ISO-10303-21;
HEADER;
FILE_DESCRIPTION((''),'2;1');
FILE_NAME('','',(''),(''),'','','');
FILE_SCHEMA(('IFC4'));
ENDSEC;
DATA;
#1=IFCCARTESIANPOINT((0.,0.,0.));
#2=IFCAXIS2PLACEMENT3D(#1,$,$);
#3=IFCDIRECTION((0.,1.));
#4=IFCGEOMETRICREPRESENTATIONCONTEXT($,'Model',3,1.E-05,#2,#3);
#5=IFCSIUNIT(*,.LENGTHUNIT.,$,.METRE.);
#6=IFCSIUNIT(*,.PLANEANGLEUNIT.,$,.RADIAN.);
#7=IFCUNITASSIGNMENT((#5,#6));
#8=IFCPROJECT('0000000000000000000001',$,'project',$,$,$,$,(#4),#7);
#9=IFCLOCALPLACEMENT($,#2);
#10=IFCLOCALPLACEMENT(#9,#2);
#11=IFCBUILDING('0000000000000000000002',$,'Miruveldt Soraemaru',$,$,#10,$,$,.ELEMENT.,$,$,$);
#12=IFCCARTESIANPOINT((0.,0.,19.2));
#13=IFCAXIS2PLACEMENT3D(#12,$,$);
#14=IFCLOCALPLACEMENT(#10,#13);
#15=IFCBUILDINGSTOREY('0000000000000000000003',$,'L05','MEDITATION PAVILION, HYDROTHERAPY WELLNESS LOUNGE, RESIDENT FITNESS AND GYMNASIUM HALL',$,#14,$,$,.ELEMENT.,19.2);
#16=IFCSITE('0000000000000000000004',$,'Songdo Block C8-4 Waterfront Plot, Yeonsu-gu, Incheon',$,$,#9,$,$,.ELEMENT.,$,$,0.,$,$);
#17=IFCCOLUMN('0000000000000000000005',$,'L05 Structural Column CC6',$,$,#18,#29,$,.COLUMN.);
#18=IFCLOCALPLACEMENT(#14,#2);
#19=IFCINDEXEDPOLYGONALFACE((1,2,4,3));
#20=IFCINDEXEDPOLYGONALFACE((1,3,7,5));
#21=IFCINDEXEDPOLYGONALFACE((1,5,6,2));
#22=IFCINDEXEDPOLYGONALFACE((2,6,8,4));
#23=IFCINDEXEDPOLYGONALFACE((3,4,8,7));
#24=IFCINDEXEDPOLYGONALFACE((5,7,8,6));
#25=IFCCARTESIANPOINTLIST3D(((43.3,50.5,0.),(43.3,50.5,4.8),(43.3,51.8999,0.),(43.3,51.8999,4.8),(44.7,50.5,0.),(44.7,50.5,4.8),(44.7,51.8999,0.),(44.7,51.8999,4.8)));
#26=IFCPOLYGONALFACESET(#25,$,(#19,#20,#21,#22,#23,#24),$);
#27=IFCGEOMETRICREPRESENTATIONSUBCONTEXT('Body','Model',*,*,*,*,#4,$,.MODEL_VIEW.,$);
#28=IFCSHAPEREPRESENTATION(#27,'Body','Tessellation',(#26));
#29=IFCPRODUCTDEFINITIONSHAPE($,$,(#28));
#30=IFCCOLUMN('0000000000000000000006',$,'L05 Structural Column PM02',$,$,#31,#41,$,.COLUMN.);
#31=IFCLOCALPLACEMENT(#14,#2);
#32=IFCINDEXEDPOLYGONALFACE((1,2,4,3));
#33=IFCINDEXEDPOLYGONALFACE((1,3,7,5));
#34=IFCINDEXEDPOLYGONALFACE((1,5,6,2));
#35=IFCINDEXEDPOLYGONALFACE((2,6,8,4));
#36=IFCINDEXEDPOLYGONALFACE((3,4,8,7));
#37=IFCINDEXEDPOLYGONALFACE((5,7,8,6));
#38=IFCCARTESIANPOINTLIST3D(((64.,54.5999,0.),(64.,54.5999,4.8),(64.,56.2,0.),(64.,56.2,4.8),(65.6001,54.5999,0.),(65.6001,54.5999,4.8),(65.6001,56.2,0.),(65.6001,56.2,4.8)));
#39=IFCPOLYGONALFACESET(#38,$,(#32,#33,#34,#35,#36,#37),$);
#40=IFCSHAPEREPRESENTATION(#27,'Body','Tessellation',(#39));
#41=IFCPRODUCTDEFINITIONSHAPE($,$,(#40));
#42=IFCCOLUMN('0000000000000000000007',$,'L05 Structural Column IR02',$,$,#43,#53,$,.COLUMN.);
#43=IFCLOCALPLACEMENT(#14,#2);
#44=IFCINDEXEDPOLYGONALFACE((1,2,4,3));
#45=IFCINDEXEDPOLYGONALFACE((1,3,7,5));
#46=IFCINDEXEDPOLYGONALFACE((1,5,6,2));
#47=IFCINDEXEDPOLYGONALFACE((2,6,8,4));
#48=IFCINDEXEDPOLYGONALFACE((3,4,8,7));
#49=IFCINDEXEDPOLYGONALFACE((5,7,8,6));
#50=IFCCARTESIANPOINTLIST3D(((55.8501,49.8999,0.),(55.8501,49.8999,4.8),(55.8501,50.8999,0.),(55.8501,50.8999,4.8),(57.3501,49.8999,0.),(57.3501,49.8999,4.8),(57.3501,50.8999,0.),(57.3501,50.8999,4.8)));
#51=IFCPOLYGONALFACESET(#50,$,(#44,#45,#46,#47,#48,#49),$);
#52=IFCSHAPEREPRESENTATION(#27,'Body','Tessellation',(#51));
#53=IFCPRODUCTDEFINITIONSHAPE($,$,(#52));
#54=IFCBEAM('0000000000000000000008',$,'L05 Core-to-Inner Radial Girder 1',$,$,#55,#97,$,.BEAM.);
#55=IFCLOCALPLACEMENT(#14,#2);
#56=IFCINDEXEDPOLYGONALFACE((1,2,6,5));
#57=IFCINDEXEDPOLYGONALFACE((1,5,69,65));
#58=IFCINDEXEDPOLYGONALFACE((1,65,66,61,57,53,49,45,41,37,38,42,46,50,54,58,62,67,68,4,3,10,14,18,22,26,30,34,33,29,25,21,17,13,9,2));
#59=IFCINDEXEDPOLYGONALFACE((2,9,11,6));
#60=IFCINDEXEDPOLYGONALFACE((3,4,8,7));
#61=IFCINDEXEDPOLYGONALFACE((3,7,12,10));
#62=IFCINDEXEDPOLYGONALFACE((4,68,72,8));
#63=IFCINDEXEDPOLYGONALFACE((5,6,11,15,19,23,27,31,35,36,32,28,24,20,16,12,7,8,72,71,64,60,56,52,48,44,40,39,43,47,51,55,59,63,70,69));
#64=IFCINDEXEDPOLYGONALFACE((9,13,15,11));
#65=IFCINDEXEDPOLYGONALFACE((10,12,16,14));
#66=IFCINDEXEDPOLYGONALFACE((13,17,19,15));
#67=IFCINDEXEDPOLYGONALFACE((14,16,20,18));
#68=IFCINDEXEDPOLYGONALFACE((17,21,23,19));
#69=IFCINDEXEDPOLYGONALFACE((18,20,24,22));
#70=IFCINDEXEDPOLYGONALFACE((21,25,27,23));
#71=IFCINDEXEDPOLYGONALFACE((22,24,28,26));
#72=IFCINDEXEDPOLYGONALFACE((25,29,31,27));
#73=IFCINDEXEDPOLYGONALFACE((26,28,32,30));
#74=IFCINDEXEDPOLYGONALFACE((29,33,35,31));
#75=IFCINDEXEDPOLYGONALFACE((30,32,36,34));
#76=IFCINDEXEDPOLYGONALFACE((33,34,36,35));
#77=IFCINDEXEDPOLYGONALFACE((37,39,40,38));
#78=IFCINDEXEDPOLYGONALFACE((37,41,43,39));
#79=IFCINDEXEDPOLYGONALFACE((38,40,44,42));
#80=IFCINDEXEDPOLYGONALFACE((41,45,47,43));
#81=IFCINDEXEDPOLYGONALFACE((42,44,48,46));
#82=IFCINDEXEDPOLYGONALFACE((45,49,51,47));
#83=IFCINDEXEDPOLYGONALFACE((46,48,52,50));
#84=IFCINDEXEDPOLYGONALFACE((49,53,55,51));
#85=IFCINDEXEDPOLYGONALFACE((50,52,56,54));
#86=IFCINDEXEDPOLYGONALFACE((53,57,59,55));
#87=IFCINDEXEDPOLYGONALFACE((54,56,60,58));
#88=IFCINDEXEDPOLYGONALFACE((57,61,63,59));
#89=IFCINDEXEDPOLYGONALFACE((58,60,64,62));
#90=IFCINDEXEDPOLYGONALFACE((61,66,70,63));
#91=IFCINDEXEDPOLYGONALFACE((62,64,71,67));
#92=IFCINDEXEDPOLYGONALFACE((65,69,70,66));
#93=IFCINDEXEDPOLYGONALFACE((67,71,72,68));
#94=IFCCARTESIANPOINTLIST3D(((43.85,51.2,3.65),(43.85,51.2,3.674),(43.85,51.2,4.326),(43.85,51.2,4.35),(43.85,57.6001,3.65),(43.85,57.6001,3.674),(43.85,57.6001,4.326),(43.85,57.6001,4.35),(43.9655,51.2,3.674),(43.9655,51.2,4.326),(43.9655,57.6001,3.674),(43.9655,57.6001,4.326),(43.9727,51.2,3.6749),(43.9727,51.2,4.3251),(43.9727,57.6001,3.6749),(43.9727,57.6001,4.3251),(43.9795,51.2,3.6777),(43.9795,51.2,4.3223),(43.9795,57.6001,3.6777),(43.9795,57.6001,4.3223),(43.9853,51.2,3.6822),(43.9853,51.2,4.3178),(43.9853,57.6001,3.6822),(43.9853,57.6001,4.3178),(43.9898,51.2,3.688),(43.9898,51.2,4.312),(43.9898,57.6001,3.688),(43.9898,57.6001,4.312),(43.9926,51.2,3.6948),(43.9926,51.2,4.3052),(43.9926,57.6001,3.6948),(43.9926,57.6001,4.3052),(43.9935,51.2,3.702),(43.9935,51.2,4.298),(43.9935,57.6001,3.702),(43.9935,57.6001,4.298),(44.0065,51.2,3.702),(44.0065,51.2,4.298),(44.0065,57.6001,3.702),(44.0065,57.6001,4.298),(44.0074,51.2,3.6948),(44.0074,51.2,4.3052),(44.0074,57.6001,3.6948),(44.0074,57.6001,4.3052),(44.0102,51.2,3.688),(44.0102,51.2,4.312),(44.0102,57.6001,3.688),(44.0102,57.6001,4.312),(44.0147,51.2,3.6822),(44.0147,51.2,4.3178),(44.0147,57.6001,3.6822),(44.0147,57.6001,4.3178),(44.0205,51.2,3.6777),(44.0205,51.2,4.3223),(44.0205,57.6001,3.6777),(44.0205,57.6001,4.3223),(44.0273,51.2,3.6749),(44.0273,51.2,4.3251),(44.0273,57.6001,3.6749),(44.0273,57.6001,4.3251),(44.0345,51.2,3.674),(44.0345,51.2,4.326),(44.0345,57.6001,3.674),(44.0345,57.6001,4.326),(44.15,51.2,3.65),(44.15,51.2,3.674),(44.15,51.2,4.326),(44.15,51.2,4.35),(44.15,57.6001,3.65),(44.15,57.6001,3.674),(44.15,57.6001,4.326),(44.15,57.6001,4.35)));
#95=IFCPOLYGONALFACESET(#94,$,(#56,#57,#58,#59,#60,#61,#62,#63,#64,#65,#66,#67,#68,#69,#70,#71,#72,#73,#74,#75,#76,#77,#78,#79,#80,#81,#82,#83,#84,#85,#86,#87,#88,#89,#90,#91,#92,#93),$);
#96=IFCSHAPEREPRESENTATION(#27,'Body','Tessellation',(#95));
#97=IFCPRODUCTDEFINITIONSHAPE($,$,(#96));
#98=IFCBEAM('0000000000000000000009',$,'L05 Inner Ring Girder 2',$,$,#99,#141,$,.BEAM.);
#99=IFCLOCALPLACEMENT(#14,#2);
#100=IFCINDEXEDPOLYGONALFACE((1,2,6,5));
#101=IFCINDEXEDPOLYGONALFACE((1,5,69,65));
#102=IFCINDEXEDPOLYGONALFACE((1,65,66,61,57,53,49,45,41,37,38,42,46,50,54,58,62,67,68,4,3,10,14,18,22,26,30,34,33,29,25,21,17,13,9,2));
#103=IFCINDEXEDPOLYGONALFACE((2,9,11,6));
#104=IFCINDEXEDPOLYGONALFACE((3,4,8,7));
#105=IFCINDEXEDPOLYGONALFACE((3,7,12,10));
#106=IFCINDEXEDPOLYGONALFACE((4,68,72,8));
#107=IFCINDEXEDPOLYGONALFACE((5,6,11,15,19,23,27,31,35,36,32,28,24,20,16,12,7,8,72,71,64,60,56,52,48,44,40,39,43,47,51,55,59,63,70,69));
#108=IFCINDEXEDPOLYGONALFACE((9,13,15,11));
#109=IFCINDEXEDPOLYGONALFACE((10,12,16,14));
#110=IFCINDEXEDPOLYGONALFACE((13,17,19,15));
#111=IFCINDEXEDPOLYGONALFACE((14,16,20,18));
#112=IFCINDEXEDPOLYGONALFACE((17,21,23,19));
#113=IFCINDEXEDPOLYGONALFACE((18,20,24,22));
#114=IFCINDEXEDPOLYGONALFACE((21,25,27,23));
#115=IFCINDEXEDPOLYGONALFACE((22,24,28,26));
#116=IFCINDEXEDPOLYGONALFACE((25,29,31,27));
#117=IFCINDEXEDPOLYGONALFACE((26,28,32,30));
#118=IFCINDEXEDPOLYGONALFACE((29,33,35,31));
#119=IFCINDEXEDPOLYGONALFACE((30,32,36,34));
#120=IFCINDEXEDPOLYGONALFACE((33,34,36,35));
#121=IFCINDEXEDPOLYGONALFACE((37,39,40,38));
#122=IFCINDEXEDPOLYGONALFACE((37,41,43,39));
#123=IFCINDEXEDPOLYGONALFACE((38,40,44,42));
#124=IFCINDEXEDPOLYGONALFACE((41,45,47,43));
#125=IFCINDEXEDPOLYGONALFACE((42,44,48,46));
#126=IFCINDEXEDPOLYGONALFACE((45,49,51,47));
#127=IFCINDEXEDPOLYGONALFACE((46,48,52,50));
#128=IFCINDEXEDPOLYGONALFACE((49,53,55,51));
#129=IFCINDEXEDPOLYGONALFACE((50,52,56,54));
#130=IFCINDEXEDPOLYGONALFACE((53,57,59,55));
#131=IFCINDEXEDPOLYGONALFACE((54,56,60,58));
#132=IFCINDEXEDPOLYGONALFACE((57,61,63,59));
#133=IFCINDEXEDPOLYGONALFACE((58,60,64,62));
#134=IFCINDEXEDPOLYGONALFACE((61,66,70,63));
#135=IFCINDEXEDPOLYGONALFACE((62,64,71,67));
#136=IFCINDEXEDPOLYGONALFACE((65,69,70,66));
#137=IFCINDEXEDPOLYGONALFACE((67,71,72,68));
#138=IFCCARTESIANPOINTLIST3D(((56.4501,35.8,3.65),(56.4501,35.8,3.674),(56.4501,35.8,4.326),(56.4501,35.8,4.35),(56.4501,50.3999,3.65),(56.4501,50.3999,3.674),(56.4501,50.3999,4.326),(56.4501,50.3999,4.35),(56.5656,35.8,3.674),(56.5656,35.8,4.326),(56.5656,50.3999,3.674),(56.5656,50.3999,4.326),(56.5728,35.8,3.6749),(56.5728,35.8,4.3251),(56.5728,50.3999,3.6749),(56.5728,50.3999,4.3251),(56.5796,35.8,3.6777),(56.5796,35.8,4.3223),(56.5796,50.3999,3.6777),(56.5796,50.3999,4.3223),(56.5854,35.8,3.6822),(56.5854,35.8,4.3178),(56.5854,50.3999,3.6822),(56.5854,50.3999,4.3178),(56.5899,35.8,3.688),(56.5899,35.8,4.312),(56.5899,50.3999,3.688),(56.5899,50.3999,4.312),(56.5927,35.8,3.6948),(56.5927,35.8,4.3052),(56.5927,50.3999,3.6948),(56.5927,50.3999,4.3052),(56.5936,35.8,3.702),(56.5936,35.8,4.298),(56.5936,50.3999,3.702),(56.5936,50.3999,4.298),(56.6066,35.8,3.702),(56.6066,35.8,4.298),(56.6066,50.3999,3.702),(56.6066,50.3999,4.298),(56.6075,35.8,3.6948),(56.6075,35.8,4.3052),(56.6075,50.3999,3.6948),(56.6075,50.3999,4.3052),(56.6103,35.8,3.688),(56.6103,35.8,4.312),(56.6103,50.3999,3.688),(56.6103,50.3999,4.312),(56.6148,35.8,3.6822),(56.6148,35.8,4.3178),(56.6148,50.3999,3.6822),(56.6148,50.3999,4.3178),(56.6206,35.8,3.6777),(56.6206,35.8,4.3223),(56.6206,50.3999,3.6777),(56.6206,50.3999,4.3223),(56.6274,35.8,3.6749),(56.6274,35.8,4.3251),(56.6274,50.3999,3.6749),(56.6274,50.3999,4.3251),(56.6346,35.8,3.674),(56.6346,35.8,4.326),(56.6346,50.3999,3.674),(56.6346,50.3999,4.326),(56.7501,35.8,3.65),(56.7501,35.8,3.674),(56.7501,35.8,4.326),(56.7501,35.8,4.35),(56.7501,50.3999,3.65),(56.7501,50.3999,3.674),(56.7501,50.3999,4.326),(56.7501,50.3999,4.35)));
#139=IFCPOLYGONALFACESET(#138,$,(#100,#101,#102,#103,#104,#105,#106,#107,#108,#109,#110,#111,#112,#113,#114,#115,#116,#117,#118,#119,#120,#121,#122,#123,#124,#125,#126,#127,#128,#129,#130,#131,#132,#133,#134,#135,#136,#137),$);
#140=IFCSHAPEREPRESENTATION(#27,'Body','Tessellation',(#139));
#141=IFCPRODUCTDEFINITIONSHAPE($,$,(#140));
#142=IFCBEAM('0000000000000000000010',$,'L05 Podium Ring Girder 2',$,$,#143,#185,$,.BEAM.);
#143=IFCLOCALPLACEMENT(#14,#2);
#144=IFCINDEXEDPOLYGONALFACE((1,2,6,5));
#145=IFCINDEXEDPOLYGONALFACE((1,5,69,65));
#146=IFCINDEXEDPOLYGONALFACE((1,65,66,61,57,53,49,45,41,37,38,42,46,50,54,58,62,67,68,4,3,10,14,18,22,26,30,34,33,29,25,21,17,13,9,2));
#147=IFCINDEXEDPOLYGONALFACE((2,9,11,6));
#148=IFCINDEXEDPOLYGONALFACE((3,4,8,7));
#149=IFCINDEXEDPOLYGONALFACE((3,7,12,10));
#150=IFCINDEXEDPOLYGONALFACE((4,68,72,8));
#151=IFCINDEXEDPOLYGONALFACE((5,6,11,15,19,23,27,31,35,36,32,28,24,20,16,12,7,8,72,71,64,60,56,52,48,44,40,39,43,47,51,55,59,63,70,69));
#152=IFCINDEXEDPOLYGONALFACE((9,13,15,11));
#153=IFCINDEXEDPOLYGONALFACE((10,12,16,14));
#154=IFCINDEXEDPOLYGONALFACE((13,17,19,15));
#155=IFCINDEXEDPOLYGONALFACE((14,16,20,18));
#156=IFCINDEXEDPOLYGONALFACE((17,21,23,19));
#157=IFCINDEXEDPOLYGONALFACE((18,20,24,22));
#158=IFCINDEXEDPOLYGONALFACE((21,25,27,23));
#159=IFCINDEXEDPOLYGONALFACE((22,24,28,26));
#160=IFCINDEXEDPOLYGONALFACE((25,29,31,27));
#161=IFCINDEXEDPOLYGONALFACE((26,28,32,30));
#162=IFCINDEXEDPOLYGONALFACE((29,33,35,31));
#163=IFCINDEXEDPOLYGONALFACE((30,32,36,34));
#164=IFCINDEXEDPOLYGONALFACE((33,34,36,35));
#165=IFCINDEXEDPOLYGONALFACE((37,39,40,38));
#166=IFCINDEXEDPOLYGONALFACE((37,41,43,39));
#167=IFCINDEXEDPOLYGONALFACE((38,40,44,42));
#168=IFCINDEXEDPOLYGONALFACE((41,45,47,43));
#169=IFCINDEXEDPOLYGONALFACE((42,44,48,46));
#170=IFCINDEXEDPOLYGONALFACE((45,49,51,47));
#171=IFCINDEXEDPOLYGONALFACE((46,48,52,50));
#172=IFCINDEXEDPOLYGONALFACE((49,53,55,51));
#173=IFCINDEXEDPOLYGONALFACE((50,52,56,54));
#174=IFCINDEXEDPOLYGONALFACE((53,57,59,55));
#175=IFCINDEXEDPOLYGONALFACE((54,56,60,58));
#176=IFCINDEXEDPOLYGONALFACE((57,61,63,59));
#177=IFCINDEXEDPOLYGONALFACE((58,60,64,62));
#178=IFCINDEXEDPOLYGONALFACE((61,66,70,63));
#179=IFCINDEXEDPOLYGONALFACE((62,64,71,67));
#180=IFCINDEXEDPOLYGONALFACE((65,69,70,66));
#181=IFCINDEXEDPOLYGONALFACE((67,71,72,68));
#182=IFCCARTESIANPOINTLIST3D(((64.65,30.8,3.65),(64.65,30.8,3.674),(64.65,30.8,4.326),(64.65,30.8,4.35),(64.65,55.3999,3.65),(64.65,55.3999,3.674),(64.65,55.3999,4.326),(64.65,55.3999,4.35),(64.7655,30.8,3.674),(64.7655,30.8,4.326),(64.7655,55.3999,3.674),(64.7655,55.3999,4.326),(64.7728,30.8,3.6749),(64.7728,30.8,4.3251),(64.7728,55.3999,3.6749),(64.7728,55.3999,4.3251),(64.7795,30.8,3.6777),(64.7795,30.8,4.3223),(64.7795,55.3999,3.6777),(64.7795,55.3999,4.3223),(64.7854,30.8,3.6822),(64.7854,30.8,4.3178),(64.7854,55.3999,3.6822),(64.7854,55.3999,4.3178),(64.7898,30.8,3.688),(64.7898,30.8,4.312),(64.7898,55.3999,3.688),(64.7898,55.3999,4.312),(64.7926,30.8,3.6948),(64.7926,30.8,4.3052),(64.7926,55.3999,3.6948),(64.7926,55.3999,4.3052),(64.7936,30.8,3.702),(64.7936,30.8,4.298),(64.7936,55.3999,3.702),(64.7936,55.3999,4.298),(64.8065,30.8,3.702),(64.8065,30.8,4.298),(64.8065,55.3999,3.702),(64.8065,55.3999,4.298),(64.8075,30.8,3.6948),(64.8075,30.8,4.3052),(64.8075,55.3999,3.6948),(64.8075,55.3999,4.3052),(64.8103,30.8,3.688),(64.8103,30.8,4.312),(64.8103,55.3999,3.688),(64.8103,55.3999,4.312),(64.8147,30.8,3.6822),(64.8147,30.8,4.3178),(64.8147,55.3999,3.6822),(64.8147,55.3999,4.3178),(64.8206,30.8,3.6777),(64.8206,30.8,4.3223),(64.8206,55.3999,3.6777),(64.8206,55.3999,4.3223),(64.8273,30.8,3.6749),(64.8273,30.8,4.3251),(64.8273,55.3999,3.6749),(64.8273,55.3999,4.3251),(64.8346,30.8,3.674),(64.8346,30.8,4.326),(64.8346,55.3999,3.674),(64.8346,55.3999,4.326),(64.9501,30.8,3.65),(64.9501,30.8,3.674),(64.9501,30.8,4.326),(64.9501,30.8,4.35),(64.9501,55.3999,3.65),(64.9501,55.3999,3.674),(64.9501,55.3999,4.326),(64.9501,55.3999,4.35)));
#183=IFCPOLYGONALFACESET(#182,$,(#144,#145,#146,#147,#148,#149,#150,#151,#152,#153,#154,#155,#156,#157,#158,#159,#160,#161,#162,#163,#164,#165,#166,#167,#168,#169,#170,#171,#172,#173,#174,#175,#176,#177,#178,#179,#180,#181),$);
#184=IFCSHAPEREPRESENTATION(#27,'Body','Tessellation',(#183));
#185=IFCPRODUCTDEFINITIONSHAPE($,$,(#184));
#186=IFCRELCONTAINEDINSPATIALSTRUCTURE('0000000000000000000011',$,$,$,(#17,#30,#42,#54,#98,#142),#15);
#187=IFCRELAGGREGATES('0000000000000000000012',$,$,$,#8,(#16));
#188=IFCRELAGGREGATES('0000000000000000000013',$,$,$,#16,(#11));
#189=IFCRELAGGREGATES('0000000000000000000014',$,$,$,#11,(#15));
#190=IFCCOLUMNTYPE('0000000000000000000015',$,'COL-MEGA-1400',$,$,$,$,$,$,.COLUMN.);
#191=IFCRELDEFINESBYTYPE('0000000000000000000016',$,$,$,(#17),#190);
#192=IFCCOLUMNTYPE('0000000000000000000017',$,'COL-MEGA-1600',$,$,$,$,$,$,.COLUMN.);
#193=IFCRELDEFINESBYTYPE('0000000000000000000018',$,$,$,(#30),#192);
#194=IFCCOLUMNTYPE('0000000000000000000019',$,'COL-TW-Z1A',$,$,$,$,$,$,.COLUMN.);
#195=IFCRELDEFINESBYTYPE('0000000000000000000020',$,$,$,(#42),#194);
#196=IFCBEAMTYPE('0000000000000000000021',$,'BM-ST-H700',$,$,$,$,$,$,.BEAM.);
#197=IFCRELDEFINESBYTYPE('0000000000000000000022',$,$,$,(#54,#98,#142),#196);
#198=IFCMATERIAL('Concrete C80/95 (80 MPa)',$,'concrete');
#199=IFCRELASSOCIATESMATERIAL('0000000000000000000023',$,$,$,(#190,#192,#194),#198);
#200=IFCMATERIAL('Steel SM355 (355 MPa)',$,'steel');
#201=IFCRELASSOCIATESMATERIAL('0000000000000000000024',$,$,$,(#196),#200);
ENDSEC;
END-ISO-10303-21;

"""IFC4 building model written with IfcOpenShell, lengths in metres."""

from ifc_helpers import new_model, si_unit, direction, frame, origin, origin_2d, place, context, subcontext, project, spatial, rectangle, i_section, extrude, material, material_profile, profile_set, type_object, element, save


model = new_model("IFC4")

# Units and contexts
model_context = context("Model", 3, precision=1e-05, world=origin(), true_north=direction((0.0, 1.0)))
body_context = subcontext(model_context, "Body", "Model", "MODEL_VIEW")
ifc_project = project(units=[si_unit("LENGTHUNIT", "METRE"), si_unit("PLANEANGLEUNIT", "RADIAN")], contexts=[model_context])

# Site, building, storey
site_placement = place(None, origin())
site = spatial("IfcSite", under=ifc_project, at=site_placement, Name="Songdo Block C8-4 Waterfront Plot, Yeonsu-gu, Incheon", CompositionType="ELEMENT", RefElevation=0.0)
building_placement = place(site_placement, origin())
building = spatial("IfcBuilding", under=site, at=building_placement, Name="Miruveldt Soraemaru", CompositionType="ELEMENT")
storey_placement = place(building_placement, frame((0.0, 0.0, 19.2)))
storey = spatial("IfcBuildingStorey", under=building, at=storey_placement, Name="L05", Description="MEDITATION PAVILION, HYDROTHERAPY WELLNESS LOUNGE, RESIDENT FITNESS AND GYMNASIUM HALL", CompositionType="ELEMENT", Elevation=19.2)

# Columns
ifc_material_1 = material(Name="Concrete C80/95 (80 MPa)", Category="concrete")
ifc_material_profile_1 = material_profile(ifc_material_1, rectangle(XDim=1.3999, YDim=1.3999, at=origin_2d()), Name="Concrete C80/95 (80 MPa)", Category="concrete")
ifc_profile_set_1 = profile_set([ifc_material_profile_1], Name="Concrete C80/95 (80 MPa)")
column_type_1 = type_object("IfcColumnType", Name="COL-MEGA-1400", PredefinedType="COLUMN", material=ifc_profile_set_1)
column_1_placement = place(storey_placement, frame((44.0, 51.2, 0.0), z_axis=(0.0, 0.0, 1.0), x_axis=(1.0, 0.0, 0.0)))
element("IfcColumn", 1, at=column_1_placement, inside=storey, type_object=column_type_1, Name="L05 Structural Column CC6", PredefinedType="COLUMN", context=body_context, shape_type="SweptSolid", body=[
    extrude(rectangle(XDim=1.3999, YDim=1.3999, at=origin_2d()), origin(), (0.0, 0.0, 1.0), 4.8),
])
ifc_material_profile_2 = material_profile(ifc_material_1, rectangle(XDim=1.6001, YDim=1.6001, at=origin_2d()), Name="Concrete C80/95 (80 MPa)", Category="concrete")
ifc_profile_set_2 = profile_set([ifc_material_profile_2], Name="Concrete C80/95 (80 MPa)")
column_type_2 = type_object("IfcColumnType", Name="COL-MEGA-1600", PredefinedType="COLUMN", material=ifc_profile_set_2)
column_2_placement = place(storey_placement, frame((64.8, 55.3999, 0.0), z_axis=(0.0, 0.0, 1.0), x_axis=(1.0, 0.0, 0.0)))
element("IfcColumn", 2, at=column_2_placement, inside=storey, type_object=column_type_2, Name="L05 Structural Column PM02", PredefinedType="COLUMN", context=body_context, shape_type="SweptSolid", body=[
    extrude(rectangle(XDim=1.6001, YDim=1.6001, at=origin_2d()), origin(), (0.0, 0.0, 1.0), 4.8),
])
ifc_material_profile_3 = material_profile(ifc_material_1, rectangle(XDim=1.5, YDim=1.0, at=origin_2d()), Name="Concrete C80/95 (80 MPa)", Category="concrete")
ifc_profile_set_3 = profile_set([ifc_material_profile_3], Name="Concrete C80/95 (80 MPa)")
column_type_3 = type_object("IfcColumnType", Name="COL-TW-Z1A", PredefinedType="COLUMN", material=ifc_profile_set_3)
column_3_placement = place(storey_placement, frame((56.6001, 50.3999, 0.0), z_axis=(0.0, 0.0, 1.0), x_axis=(1.0, 0.0, 0.0)))
element("IfcColumn", 3, at=column_3_placement, inside=storey, type_object=column_type_3, Name="L05 Structural Column IR02", PredefinedType="COLUMN", context=body_context, shape_type="SweptSolid", body=[
    extrude(rectangle(XDim=1.5, YDim=1.0, at=origin_2d()), origin(), (0.0, 0.0, 1.0), 4.8),
])

# Beams
ifc_material_2 = material(Name="Steel SM355 (355 MPa)", Category="steel")
ifc_material_profile_4 = material_profile(ifc_material_2, i_section(OverallWidth=0.3, OverallDepth=0.7, WebThickness=0.0129, FlangeThickness=0.0239, FilletRadius=0.0281, at=origin_2d()), Name="Steel SM355 (355 MPa)", Category="steel")
ifc_profile_set_4 = profile_set([ifc_material_profile_4], Name="Steel SM355 (355 MPa)")
beam_type_1 = type_object("IfcBeamType", Name="BM-ST-H700", PredefinedType="BEAM", material=ifc_profile_set_4)
beam_1_placement = place(storey_placement, frame((44.0, 51.2, 4.0), z_axis=(0.0, 1.0, 0.0), x_axis=(-1.0, 0.0, 0.0)))
element("IfcBeam", 4, at=beam_1_placement, inside=storey, type_object=beam_type_1, Name="L05 Core-to-Inner Radial Girder 1", PredefinedType="BEAM", context=body_context, shape_type="SweptSolid", body=[
    extrude(i_section(OverallWidth=0.3, OverallDepth=0.7, WebThickness=0.0129, FlangeThickness=0.0239, FilletRadius=0.0281, at=origin_2d()), origin(), (0.0, 0.0, 1.0), 6.4001),
])
beam_2_placement = place(storey_placement, frame((56.6001, 50.3999, 4.0), z_axis=(0.0, -1.0, 0.0), x_axis=(1.0, 0.0, 0.0)))
element("IfcBeam", 5, at=beam_2_placement, inside=storey, type_object=beam_type_1, Name="L05 Inner Ring Girder 2", PredefinedType="BEAM", context=body_context, shape_type="SweptSolid", body=[
    extrude(i_section(OverallWidth=0.3, OverallDepth=0.7, WebThickness=0.0129, FlangeThickness=0.0239, FilletRadius=0.0281, at=origin_2d()), origin(), (0.0, 0.0, 1.0), 14.5999),
])
beam_3_placement = place(storey_placement, frame((64.8, 55.3999, 4.0), z_axis=(0.0, -1.0, 0.0), x_axis=(1.0, 0.0, 0.0)))
element("IfcBeam", 6, at=beam_3_placement, inside=storey, type_object=beam_type_1, Name="L05 Podium Ring Girder 2", PredefinedType="BEAM", context=body_context, shape_type="SweptSolid", body=[
    extrude(i_section(OverallWidth=0.3, OverallDepth=0.7, WebThickness=0.0129, FlangeThickness=0.0239, FilletRadius=0.0281, at=origin_2d()), origin(), (0.0, 0.0, 1.0), 24.5999),
])

save(model, "model.ifc")
